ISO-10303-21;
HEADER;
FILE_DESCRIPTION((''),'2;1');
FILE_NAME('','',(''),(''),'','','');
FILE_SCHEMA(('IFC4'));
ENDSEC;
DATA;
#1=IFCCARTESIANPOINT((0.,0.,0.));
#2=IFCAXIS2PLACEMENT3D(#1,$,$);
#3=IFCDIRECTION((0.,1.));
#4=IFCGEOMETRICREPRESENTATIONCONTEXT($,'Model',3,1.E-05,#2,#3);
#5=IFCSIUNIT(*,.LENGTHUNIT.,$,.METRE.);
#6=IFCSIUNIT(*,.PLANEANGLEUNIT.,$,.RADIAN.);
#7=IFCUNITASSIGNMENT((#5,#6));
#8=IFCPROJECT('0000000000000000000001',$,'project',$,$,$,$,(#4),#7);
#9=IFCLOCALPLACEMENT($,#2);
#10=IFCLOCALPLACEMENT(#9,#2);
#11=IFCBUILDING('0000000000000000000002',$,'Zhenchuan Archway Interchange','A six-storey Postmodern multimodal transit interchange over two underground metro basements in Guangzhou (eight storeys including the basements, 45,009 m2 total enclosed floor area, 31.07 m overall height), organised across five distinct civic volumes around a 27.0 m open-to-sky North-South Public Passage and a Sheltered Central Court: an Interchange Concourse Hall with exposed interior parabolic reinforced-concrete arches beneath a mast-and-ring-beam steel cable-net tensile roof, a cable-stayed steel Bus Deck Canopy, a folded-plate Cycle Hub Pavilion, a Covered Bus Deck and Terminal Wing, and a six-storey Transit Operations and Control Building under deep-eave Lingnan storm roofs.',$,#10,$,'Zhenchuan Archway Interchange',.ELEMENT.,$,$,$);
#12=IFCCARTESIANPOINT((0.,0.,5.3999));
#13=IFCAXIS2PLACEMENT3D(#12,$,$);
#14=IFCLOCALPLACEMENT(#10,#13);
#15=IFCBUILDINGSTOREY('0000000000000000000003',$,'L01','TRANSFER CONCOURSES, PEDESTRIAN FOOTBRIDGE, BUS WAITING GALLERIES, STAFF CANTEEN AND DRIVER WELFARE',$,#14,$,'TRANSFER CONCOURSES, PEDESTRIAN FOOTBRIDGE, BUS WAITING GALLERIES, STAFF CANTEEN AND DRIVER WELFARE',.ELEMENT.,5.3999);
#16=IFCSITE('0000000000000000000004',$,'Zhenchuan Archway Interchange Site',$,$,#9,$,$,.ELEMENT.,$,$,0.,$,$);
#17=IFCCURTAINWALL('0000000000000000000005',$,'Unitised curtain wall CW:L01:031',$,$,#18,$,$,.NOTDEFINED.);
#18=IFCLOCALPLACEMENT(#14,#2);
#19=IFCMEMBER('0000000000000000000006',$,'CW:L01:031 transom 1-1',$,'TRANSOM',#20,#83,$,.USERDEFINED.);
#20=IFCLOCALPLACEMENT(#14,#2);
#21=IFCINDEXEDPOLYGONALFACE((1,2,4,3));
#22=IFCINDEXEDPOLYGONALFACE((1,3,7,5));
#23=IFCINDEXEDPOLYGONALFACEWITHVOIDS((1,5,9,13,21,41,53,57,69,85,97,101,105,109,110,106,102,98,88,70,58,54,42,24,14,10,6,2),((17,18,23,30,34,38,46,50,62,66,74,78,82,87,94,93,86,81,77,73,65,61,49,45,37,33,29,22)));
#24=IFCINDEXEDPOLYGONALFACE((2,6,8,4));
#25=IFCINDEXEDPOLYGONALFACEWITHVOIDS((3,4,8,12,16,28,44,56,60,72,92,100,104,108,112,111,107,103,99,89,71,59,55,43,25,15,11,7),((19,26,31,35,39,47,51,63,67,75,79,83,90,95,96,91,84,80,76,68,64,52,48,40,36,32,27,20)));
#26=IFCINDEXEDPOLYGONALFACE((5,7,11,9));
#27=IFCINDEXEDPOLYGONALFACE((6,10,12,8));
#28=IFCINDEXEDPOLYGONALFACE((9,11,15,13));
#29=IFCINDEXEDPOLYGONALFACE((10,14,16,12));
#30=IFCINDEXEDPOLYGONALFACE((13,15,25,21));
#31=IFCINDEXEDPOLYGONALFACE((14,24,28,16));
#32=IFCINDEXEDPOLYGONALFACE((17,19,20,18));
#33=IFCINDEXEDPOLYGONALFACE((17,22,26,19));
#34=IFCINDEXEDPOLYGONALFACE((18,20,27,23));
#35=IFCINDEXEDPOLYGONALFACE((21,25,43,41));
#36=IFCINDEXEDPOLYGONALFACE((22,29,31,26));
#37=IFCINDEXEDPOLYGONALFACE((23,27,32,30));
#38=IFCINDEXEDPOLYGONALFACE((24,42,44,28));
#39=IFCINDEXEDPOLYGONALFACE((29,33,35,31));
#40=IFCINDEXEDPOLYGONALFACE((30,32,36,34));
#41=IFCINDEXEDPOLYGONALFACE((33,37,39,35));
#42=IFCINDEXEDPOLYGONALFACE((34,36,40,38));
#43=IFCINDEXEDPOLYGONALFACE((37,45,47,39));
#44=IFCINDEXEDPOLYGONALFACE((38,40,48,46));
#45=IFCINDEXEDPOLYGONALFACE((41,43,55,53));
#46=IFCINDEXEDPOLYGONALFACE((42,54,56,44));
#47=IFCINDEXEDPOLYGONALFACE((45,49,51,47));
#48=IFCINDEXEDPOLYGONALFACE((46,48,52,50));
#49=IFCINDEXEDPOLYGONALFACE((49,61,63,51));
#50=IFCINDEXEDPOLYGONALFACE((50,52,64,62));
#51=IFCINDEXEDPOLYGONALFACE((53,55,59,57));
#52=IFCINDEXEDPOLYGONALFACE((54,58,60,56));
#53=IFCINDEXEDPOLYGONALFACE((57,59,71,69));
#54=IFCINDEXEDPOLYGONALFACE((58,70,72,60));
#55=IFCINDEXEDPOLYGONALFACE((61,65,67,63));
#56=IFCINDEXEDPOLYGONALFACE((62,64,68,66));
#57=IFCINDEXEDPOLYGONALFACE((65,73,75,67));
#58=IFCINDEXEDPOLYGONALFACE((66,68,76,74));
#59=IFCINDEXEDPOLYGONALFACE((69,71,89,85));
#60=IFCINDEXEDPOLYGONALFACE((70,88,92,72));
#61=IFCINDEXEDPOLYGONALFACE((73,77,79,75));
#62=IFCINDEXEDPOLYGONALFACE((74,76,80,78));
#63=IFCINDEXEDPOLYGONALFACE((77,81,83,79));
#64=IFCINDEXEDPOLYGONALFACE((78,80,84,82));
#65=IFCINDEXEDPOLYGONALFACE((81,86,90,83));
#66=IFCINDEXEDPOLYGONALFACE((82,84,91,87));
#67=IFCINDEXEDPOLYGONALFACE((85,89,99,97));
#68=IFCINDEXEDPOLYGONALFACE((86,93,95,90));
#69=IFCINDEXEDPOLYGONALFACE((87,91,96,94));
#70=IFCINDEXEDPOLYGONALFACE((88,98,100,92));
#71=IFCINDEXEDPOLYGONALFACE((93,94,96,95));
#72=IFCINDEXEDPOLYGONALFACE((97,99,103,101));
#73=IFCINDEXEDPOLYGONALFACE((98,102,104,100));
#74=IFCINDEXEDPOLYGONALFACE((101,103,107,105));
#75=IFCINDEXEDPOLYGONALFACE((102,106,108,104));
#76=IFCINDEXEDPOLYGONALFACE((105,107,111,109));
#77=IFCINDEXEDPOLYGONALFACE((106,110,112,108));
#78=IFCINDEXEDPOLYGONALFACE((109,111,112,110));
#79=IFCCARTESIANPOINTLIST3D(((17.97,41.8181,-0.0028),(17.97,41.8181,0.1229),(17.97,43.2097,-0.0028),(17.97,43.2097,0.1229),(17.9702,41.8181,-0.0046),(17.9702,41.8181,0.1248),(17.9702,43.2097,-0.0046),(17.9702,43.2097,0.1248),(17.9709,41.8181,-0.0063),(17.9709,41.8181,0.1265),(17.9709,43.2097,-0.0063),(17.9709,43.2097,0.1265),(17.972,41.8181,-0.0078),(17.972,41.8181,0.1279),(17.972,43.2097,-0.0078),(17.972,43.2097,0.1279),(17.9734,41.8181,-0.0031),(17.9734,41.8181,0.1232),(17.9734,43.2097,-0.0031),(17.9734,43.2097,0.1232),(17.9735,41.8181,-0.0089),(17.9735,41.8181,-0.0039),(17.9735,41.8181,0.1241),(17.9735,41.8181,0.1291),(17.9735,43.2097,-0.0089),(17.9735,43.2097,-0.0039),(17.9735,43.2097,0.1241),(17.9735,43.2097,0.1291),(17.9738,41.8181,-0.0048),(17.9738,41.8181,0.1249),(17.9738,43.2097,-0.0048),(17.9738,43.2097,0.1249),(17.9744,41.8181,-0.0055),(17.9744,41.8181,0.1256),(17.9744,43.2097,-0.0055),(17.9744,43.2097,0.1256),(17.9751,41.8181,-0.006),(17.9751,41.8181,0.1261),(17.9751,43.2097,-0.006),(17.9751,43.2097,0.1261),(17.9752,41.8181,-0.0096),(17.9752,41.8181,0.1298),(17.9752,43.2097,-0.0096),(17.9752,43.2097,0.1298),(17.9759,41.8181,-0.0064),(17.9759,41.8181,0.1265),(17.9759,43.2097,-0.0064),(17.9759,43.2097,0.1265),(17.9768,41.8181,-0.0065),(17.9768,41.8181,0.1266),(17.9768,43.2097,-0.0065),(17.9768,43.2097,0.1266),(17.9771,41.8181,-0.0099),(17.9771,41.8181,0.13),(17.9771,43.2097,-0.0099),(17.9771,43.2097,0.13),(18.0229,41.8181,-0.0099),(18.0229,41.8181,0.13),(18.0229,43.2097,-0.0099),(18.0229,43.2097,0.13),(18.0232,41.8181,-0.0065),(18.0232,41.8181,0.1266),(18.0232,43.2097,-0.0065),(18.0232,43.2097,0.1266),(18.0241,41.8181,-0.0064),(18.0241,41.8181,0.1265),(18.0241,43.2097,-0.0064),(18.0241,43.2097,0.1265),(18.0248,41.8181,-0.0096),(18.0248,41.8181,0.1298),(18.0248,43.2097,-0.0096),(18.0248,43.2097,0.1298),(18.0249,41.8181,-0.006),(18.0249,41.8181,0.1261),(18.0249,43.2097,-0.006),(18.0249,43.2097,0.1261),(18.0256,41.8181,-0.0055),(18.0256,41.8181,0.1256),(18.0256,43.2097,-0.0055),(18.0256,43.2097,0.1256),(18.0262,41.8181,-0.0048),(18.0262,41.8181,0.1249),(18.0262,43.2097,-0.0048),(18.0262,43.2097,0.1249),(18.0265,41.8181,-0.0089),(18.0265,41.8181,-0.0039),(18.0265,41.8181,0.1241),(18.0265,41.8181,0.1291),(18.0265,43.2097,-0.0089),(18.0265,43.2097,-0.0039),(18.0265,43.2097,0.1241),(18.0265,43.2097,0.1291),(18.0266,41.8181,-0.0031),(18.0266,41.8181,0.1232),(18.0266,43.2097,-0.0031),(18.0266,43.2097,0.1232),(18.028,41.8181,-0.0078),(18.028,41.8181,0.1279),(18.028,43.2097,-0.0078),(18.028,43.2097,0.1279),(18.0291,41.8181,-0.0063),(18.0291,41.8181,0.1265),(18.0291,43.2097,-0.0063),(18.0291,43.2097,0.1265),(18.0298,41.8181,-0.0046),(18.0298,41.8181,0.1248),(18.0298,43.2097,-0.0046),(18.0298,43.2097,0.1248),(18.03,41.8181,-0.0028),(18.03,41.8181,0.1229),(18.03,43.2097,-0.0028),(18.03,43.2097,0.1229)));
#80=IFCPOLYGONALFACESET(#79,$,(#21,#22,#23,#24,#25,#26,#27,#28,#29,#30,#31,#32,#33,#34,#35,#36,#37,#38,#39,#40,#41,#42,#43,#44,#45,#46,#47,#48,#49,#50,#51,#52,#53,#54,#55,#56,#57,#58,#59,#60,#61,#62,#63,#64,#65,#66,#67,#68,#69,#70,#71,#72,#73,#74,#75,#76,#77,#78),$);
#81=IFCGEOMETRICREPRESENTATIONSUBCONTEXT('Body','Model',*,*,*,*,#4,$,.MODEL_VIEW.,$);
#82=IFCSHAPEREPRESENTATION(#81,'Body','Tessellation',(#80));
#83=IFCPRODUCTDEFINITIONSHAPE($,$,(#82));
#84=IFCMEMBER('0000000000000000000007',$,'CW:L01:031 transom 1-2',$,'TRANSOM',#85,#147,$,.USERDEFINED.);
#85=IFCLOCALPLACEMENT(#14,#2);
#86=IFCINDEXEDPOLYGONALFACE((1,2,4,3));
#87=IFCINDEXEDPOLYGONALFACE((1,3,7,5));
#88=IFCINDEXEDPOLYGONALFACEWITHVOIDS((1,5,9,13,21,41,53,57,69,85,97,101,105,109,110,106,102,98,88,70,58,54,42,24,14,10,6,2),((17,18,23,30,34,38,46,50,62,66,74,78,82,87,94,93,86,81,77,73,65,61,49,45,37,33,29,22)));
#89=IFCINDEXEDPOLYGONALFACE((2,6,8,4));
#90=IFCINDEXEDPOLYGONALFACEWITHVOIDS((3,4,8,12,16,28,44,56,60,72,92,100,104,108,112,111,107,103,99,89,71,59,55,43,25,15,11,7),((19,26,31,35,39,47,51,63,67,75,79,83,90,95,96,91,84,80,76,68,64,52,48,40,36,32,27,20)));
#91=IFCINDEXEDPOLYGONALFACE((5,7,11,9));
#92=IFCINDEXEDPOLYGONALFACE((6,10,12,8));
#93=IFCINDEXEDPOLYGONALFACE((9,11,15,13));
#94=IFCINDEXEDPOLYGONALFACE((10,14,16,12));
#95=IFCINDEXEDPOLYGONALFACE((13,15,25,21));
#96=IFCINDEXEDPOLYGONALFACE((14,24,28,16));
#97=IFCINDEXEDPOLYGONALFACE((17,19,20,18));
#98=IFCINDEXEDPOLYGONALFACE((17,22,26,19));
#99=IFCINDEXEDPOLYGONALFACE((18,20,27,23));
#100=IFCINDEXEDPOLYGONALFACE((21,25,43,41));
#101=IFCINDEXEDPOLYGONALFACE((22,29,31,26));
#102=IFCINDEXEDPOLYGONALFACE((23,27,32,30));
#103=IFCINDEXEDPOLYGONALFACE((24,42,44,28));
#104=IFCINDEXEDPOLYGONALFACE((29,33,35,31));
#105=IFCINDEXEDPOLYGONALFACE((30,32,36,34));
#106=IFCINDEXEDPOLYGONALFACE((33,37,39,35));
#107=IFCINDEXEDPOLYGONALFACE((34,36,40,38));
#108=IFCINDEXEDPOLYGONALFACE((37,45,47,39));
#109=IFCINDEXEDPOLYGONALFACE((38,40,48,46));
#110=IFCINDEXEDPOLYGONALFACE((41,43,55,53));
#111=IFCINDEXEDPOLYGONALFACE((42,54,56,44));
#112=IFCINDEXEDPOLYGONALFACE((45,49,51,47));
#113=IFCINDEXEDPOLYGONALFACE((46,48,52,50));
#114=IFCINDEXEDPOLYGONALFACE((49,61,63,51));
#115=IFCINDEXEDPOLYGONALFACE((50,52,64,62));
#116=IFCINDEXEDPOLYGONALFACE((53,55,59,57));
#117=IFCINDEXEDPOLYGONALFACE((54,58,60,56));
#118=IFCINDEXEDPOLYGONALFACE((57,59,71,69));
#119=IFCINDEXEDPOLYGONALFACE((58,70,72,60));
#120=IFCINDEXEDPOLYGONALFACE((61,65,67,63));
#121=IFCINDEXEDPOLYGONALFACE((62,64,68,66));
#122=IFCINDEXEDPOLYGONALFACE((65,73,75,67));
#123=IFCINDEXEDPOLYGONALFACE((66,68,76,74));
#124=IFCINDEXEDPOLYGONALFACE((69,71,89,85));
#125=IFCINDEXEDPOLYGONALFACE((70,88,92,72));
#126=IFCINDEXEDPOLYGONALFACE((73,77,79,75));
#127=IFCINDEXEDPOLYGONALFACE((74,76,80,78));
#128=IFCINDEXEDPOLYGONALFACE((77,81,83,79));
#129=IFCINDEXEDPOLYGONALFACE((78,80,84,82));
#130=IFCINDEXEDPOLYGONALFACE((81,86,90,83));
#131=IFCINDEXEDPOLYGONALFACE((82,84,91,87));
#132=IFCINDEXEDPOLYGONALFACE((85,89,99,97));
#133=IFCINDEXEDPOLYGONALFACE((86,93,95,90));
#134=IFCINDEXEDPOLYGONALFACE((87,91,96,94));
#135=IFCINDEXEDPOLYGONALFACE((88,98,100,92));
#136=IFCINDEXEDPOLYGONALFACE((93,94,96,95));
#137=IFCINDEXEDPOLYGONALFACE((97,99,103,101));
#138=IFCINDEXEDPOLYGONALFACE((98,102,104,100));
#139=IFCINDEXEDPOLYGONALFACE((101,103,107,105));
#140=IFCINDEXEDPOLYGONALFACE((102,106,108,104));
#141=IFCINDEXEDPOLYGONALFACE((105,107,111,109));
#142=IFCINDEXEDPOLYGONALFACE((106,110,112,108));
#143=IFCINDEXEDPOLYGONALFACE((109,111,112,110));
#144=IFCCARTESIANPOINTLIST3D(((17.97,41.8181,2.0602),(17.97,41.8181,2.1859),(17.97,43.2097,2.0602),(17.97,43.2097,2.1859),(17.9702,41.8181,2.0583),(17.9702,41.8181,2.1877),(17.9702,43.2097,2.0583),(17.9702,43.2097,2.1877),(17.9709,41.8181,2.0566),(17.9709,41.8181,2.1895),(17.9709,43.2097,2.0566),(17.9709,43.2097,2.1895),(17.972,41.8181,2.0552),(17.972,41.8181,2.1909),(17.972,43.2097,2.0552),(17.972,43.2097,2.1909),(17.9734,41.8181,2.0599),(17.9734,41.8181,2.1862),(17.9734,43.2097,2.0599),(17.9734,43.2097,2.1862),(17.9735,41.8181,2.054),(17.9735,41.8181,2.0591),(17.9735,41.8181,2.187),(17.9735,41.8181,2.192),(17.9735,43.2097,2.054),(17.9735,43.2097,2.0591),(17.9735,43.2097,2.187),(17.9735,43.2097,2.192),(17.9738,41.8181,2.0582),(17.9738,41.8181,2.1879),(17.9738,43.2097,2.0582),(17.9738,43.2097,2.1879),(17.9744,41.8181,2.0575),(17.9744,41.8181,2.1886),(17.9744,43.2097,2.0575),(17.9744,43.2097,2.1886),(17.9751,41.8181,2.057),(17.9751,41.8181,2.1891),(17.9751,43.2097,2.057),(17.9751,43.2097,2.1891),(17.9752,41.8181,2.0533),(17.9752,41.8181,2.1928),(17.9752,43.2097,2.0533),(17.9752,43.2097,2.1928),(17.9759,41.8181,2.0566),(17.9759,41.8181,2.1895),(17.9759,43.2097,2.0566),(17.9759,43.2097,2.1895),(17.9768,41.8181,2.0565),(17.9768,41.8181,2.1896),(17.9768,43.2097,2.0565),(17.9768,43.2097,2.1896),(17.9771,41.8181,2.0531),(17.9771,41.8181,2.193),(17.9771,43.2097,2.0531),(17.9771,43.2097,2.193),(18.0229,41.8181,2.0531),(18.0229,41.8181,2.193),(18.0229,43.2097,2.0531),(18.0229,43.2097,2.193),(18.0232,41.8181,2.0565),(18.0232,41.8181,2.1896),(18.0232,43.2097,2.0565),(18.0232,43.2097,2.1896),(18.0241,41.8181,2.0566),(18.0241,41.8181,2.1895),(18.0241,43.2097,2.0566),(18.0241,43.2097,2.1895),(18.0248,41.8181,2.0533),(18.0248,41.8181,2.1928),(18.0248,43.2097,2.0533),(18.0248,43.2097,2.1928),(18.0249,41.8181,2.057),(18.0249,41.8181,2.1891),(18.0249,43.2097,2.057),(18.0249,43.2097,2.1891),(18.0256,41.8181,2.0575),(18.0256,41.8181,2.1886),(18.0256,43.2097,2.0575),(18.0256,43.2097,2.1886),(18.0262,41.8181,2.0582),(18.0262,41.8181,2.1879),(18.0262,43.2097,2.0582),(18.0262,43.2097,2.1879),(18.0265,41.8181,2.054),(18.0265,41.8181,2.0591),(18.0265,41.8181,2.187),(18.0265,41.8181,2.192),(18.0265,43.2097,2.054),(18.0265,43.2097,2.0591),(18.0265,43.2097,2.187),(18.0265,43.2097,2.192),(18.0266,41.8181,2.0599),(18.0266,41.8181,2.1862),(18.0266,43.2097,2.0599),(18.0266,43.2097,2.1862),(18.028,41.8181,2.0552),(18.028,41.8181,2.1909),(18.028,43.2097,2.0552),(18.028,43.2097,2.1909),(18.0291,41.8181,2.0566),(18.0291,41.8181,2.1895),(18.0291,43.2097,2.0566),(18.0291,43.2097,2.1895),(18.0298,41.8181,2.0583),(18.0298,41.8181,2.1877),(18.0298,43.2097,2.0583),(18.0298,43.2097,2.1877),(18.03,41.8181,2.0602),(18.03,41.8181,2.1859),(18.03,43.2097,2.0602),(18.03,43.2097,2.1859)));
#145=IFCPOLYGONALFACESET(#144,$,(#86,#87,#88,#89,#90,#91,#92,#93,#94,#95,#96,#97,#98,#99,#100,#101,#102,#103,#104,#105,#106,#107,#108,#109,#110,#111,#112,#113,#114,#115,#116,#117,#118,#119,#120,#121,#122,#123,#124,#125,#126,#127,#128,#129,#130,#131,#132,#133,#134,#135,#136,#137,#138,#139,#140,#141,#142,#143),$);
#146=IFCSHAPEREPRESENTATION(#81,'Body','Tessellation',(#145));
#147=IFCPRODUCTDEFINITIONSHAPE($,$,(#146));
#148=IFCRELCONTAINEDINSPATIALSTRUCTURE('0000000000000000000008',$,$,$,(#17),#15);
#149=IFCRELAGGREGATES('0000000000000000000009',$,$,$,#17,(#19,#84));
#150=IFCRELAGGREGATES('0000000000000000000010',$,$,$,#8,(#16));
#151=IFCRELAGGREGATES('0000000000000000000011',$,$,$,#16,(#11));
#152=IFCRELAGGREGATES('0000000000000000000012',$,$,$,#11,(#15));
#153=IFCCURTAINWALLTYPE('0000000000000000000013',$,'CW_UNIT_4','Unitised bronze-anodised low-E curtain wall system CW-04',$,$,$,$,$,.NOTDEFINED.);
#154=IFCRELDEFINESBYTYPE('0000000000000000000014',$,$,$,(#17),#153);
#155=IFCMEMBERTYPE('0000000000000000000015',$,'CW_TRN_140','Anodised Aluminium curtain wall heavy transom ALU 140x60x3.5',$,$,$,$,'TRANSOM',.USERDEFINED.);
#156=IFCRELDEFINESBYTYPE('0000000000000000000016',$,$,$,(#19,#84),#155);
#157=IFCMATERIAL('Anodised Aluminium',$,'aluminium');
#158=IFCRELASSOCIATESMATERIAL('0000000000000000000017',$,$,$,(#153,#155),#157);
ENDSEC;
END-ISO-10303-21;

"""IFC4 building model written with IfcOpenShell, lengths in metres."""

from ifc_helpers import new_model, si_unit, direction, frame, origin, origin_2d, place, context, subcontext, project, spatial, hollow_rectangle, extrude, material, material_profile, profile_set, type_object, element, aggregate, save


model = new_model("IFC4")

# Units and contexts
model_context = context("Model", 3, precision=1e-05, world=origin(), true_north=direction((0.0, 1.0)))
body_context = subcontext(model_context, "Body", "Model", "MODEL_VIEW")
ifc_project = project(units=[si_unit("LENGTHUNIT", "METRE"), si_unit("PLANEANGLEUNIT", "RADIAN")], contexts=[model_context])

# Site, building, storey
site_placement = place(None, origin())
site = spatial("IfcSite", under=ifc_project, at=site_placement, Name="Zhenchuan Archway Interchange Site", CompositionType="ELEMENT", RefElevation=0.0)
building_placement = place(site_placement, origin())
building = spatial("IfcBuilding", under=site, at=building_placement, Name="Zhenchuan Archway Interchange", Description="A six-storey Postmodern multimodal transit interchange over two underground metro basements in Guangzhou (eight storeys including the basements, 45,009 m2 total enclosed floor area, 31.07 m overall height), organised across five distinct civic volumes around a 27.0 m open-to-sky North-South Public Passage and a Sheltered Central Court: an Interchange Concourse Hall with exposed interior parabolic reinforced-concrete arches beneath a mast-and-ring-beam steel cable-net tensile roof, a cable-stayed steel Bus Deck Canopy, a folded-plate Cycle Hub Pavilion, a Covered Bus Deck and Terminal Wing, and a six-storey Transit Operations and Control Building under deep-eave Lingnan storm roofs.", LongName="Zhenchuan Archway Interchange", CompositionType="ELEMENT")
storey_placement = place(building_placement, frame((0.0, 0.0, 5.3999)))
storey = spatial("IfcBuildingStorey", under=building, at=storey_placement, Name="L01", Description="TRANSFER CONCOURSES, PEDESTRIAN FOOTBRIDGE, BUS WAITING GALLERIES, STAFF CANTEEN AND DRIVER WELFARE", LongName="TRANSFER CONCOURSES, PEDESTRIAN FOOTBRIDGE, BUS WAITING GALLERIES, STAFF CANTEEN AND DRIVER WELFARE", CompositionType="ELEMENT", Elevation=5.3999)

# Curtain wall, members
ifc_material_1 = material(Name="Anodised Aluminium", Category="aluminium")
curtain_wall_type = type_object("IfcCurtainWallType", Name="CW_UNIT_4", Description="Unitised bronze-anodised low-E curtain wall system CW-04", PredefinedType="NOTDEFINED", material=ifc_material_1)
curtain_wall_placement = place(storey_placement, origin())
curtain_wall = element("IfcCurtainWall", 1, at=curtain_wall_placement, inside=storey, type_object=curtain_wall_type, Name="Unitised curtain wall CW:L01:031", PredefinedType="NOTDEFINED")
ifc_material_profile_1 = material_profile(ifc_material_1, hollow_rectangle(XDim=0.0601, YDim=0.1399, WallThickness=0.0034, InnerFilletRadius=0.0034, OuterFilletRadius=0.0071, at=origin_2d()), Name="ALU 140x60x3.5")
ifc_profile_set_1 = profile_set([ifc_material_profile_1], Name="Anodised Aluminium")
member_type_1 = type_object("IfcMemberType", Name="CW_TRN_140", Description="Anodised Aluminium curtain wall heavy transom ALU 140x60x3.5", ElementType="TRANSOM", PredefinedType="USERDEFINED", material=ifc_profile_set_1)
member_1_placement = place(storey_placement, frame((18.0, 41.8181, 0.0601), z_axis=(0.0, 1.0, 0.0), x_axis=(-1.0, 0.0, 0.0)))
member_1 = element("IfcMember", 2, at=member_1_placement, type_object=member_type_1, Name="CW:L01:031 transom 1-1", ObjectType="TRANSOM", PredefinedType="USERDEFINED", context=body_context, shape_type="SweptSolid", body=[
    extrude(hollow_rectangle(XDim=0.0601, YDim=0.1399, WallThickness=0.0034, InnerFilletRadius=0.0034, OuterFilletRadius=0.0071, at=origin_2d()), origin(), (0.0, 0.0, 1.0), 1.3916),
])
member_2_placement = place(storey_placement, frame((18.0, 41.8181, 2.123), z_axis=(0.0, 1.0, 0.0), x_axis=(-1.0, 0.0, 0.0)))
member_2 = element("IfcMember", 3, at=member_2_placement, type_object=member_type_1, Name="CW:L01:031 transom 1-2", ObjectType="TRANSOM", PredefinedType="USERDEFINED", context=body_context, shape_type="SweptSolid", body=[
    extrude(hollow_rectangle(XDim=0.0601, YDim=0.1399, WallThickness=0.0034, InnerFilletRadius=0.0034, OuterFilletRadius=0.0071, at=origin_2d()), origin(), (0.0, 0.0, 1.0), 1.3916),
])
aggregate(curtain_wall, [member_1, member_2])

save(model, "model.ifc")
